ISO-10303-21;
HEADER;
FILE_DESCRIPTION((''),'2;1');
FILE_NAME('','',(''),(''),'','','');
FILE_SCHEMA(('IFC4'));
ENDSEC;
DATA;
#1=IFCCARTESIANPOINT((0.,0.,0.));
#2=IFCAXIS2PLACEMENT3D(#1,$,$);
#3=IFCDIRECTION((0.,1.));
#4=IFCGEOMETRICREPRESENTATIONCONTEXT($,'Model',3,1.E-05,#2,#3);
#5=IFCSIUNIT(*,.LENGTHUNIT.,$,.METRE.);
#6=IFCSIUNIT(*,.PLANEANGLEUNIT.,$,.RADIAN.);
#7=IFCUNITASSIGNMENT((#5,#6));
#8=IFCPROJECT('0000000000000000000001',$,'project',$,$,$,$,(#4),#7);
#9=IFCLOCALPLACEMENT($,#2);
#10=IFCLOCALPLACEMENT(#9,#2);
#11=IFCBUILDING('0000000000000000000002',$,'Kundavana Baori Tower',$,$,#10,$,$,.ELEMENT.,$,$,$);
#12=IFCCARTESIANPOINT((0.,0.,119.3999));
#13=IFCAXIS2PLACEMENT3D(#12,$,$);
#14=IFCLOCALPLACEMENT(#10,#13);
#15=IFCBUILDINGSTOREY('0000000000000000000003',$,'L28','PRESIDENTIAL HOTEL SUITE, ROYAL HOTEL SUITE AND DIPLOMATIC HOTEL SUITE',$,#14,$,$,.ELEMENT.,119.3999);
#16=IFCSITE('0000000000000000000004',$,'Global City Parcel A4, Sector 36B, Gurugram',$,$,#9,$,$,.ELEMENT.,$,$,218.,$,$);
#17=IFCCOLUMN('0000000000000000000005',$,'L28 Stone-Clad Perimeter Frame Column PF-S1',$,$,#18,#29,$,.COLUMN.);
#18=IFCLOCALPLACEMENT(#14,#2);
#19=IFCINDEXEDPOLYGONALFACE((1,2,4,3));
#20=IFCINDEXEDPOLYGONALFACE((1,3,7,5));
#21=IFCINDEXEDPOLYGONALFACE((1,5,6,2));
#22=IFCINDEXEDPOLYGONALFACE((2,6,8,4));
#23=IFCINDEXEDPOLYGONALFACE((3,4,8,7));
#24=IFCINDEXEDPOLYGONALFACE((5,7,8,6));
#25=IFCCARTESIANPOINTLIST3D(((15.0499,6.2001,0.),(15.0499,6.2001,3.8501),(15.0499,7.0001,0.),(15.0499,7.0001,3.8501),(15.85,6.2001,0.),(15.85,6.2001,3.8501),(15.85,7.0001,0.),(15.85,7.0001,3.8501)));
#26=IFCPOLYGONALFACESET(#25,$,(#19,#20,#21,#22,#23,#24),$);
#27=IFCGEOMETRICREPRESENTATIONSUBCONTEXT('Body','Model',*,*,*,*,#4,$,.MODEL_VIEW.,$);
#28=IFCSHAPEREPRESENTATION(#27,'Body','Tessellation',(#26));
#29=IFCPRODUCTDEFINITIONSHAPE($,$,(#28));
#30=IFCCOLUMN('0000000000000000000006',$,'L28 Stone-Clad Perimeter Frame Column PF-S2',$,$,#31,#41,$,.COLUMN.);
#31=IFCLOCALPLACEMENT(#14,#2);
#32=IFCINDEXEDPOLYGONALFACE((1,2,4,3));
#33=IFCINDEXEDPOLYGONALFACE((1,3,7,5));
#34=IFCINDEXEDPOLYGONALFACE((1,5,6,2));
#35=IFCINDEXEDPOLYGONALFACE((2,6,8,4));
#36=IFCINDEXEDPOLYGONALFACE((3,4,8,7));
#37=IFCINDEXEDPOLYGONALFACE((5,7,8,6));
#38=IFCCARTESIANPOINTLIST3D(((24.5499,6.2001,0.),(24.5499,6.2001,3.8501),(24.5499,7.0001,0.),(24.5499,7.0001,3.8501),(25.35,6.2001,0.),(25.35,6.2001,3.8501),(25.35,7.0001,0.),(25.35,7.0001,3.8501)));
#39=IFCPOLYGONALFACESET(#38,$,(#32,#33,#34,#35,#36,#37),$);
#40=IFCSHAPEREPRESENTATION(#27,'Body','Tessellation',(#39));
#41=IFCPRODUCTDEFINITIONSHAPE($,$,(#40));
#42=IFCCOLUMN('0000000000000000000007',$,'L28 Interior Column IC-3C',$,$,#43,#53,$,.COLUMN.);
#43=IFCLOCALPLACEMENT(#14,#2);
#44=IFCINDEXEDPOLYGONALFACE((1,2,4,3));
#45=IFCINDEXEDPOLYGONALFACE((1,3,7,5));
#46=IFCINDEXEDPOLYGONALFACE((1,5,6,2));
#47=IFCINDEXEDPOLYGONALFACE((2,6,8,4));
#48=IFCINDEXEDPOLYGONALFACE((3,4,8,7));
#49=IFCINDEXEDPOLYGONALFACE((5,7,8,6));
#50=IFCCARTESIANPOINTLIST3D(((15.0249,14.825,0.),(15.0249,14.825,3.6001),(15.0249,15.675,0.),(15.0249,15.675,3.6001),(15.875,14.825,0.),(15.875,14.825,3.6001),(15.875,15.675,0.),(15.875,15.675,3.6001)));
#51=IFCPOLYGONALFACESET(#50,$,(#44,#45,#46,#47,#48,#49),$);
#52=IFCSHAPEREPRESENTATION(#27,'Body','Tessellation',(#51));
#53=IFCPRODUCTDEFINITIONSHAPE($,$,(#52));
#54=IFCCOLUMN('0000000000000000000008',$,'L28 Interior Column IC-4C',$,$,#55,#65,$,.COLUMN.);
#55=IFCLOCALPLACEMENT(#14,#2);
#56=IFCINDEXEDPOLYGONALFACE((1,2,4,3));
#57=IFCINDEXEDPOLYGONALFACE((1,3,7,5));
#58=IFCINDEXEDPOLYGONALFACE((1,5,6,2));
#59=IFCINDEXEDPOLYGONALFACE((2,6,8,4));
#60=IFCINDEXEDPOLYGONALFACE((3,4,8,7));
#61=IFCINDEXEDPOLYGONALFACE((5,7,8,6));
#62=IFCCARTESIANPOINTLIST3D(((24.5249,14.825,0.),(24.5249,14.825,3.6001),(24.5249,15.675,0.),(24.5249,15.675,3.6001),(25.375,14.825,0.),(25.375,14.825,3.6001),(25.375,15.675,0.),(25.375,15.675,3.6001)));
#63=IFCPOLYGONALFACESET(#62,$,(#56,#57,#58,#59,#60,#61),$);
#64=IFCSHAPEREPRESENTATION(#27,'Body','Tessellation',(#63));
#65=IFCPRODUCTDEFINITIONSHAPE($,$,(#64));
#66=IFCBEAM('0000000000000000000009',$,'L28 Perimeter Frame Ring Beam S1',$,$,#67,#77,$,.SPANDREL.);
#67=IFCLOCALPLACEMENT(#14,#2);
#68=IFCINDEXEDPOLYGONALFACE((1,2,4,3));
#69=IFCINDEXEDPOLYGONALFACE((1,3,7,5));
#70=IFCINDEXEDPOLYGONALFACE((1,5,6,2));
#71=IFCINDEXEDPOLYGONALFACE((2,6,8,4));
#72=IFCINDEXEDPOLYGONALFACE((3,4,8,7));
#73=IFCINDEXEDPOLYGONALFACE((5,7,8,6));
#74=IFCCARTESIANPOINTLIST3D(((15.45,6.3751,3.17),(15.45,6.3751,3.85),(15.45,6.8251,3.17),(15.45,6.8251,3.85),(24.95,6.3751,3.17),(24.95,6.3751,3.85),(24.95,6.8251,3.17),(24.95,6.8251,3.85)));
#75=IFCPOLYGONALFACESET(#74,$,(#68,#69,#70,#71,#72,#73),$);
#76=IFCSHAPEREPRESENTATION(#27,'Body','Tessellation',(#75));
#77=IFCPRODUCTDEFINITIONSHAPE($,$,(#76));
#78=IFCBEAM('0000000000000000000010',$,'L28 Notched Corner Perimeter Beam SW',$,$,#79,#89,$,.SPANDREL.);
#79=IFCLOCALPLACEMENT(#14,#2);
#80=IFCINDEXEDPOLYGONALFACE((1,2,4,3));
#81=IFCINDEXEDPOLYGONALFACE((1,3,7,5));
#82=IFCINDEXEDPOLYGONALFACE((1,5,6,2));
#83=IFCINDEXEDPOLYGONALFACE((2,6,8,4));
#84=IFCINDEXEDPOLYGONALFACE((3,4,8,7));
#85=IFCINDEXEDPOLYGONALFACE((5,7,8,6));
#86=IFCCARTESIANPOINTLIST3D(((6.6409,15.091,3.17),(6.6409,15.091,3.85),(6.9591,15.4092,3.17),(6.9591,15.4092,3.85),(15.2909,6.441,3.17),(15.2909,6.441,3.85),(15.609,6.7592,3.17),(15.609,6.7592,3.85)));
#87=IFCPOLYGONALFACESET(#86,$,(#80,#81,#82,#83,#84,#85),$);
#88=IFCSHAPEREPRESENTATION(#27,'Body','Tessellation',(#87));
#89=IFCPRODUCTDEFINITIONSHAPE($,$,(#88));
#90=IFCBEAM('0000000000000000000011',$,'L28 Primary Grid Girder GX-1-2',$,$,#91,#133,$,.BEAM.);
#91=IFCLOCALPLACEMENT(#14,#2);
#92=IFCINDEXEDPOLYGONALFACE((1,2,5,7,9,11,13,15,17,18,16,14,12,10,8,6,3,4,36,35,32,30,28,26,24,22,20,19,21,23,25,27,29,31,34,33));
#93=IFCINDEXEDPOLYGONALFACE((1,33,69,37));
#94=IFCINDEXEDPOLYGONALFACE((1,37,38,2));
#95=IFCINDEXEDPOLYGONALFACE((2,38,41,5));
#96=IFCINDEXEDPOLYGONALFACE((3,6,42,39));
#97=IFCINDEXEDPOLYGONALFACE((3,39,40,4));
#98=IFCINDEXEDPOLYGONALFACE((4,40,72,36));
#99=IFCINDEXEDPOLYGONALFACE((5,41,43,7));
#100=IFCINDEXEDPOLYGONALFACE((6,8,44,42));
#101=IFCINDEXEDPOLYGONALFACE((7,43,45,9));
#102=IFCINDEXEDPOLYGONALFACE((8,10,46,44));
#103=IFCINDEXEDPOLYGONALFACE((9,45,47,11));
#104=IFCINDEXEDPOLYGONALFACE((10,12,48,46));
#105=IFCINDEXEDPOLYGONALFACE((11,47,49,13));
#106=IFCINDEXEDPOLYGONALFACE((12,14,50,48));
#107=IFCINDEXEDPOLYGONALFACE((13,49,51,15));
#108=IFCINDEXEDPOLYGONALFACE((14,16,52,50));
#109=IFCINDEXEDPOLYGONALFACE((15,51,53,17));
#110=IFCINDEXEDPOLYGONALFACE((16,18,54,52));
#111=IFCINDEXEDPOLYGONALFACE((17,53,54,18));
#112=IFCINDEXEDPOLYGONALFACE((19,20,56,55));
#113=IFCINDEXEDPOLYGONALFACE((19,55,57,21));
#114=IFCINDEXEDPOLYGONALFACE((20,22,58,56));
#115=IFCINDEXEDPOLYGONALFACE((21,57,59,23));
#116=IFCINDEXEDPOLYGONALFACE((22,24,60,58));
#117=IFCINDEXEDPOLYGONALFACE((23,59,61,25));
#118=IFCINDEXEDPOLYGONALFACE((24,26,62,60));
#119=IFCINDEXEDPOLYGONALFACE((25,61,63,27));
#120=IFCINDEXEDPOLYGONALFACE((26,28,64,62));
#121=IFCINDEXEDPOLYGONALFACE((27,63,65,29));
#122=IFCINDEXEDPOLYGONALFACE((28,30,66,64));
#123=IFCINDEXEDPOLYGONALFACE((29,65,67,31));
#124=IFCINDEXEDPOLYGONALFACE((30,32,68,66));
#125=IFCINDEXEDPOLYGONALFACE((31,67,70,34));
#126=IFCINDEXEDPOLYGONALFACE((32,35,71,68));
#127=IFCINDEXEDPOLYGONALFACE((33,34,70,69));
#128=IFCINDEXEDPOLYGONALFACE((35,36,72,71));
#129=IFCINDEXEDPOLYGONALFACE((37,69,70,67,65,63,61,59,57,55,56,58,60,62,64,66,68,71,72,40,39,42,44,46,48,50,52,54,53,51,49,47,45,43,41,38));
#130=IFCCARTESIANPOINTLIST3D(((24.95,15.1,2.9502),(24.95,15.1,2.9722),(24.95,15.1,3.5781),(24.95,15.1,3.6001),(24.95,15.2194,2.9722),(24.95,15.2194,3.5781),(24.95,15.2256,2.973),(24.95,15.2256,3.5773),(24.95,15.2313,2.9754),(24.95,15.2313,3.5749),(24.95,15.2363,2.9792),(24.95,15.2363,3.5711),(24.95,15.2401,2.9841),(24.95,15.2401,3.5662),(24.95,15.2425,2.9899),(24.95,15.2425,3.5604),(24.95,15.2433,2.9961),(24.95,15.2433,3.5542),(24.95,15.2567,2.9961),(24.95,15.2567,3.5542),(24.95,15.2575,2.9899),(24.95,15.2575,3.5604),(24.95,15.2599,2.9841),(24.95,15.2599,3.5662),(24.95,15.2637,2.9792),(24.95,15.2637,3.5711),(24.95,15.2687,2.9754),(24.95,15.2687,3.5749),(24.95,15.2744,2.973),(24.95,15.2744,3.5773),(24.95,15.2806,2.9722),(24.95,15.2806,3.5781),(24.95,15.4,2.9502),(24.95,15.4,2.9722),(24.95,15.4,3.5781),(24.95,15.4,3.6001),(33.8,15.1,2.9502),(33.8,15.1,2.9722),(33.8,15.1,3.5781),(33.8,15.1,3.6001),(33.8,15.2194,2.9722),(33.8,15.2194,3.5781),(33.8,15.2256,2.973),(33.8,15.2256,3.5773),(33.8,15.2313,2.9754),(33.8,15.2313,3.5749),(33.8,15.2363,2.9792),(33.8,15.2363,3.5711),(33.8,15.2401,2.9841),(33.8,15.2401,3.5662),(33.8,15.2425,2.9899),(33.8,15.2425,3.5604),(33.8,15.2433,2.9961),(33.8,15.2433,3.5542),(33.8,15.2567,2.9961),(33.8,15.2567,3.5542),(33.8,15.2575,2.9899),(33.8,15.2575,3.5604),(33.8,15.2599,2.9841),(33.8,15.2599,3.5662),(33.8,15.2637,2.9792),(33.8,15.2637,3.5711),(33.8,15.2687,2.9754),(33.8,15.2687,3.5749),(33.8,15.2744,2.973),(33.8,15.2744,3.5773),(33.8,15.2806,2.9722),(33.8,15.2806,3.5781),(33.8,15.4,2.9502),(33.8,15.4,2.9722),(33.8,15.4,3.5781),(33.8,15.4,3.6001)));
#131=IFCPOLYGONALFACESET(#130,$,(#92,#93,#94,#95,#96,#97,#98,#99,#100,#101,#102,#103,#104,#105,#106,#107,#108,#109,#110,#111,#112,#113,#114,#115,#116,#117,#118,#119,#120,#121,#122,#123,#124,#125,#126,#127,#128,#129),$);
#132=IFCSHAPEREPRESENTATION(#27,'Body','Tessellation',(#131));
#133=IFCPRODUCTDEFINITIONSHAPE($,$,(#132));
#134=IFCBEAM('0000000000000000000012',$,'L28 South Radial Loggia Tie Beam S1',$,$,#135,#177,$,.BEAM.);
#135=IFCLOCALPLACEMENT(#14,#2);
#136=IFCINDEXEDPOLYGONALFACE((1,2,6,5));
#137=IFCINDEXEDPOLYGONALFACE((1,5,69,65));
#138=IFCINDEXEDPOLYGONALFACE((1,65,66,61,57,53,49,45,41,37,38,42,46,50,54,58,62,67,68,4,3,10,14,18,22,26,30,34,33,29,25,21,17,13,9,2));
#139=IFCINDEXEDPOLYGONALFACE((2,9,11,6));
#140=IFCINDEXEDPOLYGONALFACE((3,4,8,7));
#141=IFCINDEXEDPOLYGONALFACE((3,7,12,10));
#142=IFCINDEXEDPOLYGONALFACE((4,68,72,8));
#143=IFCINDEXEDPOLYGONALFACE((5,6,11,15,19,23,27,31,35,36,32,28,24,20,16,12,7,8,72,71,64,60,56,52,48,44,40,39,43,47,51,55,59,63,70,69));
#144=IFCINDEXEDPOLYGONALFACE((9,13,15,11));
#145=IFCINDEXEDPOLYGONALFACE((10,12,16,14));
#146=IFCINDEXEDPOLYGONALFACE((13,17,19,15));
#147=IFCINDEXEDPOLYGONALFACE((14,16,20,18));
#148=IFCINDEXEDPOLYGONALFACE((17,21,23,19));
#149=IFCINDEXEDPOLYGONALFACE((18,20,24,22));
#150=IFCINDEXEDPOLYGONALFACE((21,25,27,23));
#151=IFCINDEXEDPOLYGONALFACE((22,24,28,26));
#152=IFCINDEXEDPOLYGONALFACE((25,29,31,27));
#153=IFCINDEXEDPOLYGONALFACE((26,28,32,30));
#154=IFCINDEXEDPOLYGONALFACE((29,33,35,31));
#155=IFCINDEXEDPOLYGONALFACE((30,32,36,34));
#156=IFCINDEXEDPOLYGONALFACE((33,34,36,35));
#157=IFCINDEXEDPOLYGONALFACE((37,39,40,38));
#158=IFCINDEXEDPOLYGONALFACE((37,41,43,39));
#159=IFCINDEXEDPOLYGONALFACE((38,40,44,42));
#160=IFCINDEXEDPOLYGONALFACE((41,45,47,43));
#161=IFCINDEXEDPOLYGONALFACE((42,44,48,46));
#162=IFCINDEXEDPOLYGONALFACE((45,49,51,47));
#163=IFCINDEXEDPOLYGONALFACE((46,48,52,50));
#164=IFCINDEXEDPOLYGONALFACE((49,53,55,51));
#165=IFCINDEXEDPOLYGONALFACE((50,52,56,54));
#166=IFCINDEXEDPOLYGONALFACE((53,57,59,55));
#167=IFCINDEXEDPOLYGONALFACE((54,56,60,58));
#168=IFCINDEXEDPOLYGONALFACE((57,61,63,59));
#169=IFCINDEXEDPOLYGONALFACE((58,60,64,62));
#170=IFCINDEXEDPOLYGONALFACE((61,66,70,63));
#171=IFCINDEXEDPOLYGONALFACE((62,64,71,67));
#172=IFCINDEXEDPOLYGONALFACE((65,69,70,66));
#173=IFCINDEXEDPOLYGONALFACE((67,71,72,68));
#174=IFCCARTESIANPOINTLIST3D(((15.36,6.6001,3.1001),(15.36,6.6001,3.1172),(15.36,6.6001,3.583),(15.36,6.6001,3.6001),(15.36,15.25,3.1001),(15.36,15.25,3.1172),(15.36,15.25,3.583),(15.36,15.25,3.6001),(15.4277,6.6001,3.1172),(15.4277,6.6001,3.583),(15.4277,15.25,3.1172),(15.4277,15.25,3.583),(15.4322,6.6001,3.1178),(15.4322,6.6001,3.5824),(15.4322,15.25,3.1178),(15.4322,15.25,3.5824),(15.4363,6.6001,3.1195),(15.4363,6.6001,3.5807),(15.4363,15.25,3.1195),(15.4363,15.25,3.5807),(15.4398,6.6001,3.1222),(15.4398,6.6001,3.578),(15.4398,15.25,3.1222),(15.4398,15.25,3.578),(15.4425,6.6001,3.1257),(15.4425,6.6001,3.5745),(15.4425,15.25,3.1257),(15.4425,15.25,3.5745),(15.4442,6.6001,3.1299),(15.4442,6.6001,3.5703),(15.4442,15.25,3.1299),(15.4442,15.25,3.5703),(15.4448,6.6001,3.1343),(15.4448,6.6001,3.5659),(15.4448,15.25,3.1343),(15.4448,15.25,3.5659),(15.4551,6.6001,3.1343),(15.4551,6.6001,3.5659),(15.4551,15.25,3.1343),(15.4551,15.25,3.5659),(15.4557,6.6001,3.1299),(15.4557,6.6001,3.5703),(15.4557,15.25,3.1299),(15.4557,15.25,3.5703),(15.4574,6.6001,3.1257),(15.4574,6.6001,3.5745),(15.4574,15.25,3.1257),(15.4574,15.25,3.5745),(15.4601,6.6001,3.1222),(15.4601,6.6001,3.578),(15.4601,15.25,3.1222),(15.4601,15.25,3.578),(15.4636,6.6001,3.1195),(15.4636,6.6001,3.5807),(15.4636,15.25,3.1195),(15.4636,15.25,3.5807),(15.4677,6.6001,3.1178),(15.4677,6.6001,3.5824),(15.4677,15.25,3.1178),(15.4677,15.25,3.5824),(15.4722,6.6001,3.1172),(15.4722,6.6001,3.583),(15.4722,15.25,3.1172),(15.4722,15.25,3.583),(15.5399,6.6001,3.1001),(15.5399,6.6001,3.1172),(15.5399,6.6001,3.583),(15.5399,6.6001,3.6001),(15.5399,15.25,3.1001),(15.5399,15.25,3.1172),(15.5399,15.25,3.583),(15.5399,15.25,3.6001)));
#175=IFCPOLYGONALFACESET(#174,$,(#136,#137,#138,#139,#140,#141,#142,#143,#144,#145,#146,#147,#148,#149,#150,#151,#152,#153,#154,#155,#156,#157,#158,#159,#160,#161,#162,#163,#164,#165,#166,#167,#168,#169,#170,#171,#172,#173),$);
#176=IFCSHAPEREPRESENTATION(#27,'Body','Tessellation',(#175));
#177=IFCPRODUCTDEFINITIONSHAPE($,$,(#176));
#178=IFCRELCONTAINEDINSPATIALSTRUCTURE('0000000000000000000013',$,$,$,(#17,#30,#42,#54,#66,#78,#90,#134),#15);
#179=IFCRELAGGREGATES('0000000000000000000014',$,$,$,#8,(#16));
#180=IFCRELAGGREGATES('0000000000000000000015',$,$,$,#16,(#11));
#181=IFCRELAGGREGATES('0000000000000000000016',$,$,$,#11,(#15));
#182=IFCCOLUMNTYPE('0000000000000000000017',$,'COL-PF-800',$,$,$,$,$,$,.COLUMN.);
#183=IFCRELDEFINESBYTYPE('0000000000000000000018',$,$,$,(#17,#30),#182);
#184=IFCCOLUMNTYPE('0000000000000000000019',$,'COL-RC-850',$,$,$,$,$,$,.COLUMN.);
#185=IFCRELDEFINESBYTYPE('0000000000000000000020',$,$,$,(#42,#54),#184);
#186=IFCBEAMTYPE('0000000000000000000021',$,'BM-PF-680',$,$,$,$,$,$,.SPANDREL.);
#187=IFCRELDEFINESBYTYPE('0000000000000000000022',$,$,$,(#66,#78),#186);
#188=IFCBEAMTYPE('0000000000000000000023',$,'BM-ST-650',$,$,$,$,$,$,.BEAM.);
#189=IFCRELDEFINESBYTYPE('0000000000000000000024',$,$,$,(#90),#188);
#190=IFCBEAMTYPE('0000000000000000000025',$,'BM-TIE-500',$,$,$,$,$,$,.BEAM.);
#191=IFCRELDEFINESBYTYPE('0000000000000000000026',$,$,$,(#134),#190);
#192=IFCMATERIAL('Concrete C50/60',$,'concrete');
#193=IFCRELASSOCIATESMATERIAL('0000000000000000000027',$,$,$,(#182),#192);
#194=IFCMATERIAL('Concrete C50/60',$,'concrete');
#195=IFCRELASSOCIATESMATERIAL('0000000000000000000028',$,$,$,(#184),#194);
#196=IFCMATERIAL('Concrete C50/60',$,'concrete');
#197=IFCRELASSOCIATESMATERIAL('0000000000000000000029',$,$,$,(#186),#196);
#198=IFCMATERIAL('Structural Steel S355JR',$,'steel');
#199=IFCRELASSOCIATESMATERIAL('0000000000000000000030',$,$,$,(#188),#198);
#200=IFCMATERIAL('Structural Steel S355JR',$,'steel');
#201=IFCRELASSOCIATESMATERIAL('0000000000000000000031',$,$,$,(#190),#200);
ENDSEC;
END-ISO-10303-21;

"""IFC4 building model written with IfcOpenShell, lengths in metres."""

from ifc_helpers import new_model, si_unit, direction, frame, origin, origin_2d, place, context, subcontext, project, spatial, rectangle, i_section, extrude, material, material_profile, profile_set, type_object, element, save


model = new_model("IFC4")

# Units and contexts
model_context = context("Model", 3, precision=1e-05, world=origin(), true_north=direction((0.0, 1.0)))
body_context = subcontext(model_context, "Body", "Model", "MODEL_VIEW")
ifc_project = project(units=[si_unit("LENGTHUNIT", "METRE"), si_unit("PLANEANGLEUNIT", "RADIAN")], contexts=[model_context])

# Site, building, storey
site_placement = place(None, origin())
site = spatial("IfcSite", under=ifc_project, at=site_placement, Name="Global City Parcel A4, Sector 36B, Gurugram", CompositionType="ELEMENT", RefElevation=218.0)
building_placement = place(site_placement, origin())
building = spatial("IfcBuilding", under=site, at=building_placement, Name="Kundavana Baori Tower", CompositionType="ELEMENT")
storey_placement = place(building_placement, frame((0.0, 0.0, 119.3999)))
storey = spatial("IfcBuildingStorey", under=building, at=storey_placement, Name="L28", Description="PRESIDENTIAL HOTEL SUITE, ROYAL HOTEL SUITE AND DIPLOMATIC HOTEL SUITE", CompositionType="ELEMENT", Elevation=119.3999)

# Columns
ifc_material_1 = material(Name="Concrete C50/60", Category="concrete")
ifc_material_profile_1 = material_profile(ifc_material_1, rectangle(XDim=0.8, YDim=0.8, at=origin_2d()), Name="RC PF 800x800")
ifc_profile_set_1 = profile_set([ifc_material_profile_1], Name="Concrete C50/60")
column_type_1 = type_object("IfcColumnType", Name="COL-PF-800", PredefinedType="COLUMN", material=ifc_profile_set_1)
for number, where, z_axis, x_axis, name in (
    (1, (15.45, 6.6001, 0.0), (0.0, 0.0, 1.0), (1.0, 0.0, 0.0), "L28 Stone-Clad Perimeter Frame Column PF-S1"),
    (2, (24.95, 6.6001, 0.0), (0.0, 0.0, 1.0), (1.0, 0.0, 0.0), "L28 Stone-Clad Perimeter Frame Column PF-S2"),
):
    element("IfcColumn", number, at=place(storey_placement, frame(where, z_axis=z_axis, x_axis=x_axis)), inside=storey, type_object=column_type_1, Name=name, PredefinedType="COLUMN", context=body_context, shape_type="SweptSolid", body=[
        extrude(rectangle(XDim=0.8, YDim=0.8, at=origin_2d()), origin(), (0.0, 0.0, 1.0), 3.8501),
    ])
ifc_material_2 = material(Name="Concrete C50/60", Category="concrete")
ifc_material_profile_2 = material_profile(ifc_material_2, rectangle(XDim=0.8501, YDim=0.8501, at=origin_2d()), Name="RC 850x850")
ifc_profile_set_2 = profile_set([ifc_material_profile_2], Name="Concrete C50/60")
column_type_2 = type_object("IfcColumnType", Name="COL-RC-850", PredefinedType="COLUMN", material=ifc_profile_set_2)
for number, where, z_axis, x_axis, name in (
    (3, (15.45, 15.25, 0.0), (0.0, 0.0, 1.0), (1.0, 0.0, 0.0), "L28 Interior Column IC-3C"),
    (4, (24.95, 15.25, 0.0), (0.0, 0.0, 1.0), (1.0, 0.0, 0.0), "L28 Interior Column IC-4C"),
):
    element("IfcColumn", number, at=place(storey_placement, frame(where, z_axis=z_axis, x_axis=x_axis)), inside=storey, type_object=column_type_2, Name=name, PredefinedType="COLUMN", context=body_context, shape_type="SweptSolid", body=[
        extrude(rectangle(XDim=0.8501, YDim=0.8501, at=origin_2d()), origin(), (0.0, 0.0, 1.0), 3.6001),
    ])

# Beams
ifc_material_3 = material(Name="Concrete C50/60", Category="concrete")
ifc_material_profile_3 = material_profile(ifc_material_3, rectangle(XDim=0.45, YDim=0.6799, at=origin_2d()), Name="RC BM 450x680")
ifc_profile_set_3 = profile_set([ifc_material_profile_3], Name="Concrete C50/60")
beam_type_1 = type_object("IfcBeamType", Name="BM-PF-680", PredefinedType="SPANDREL", material=ifc_profile_set_3)
beam_1_placement = place(storey_placement, frame((15.45, 6.6001, 3.51), z_axis=(1.0, 0.0, 0.0), x_axis=(0.0, 1.0, 0.0)))
element("IfcBeam", 5, at=beam_1_placement, inside=storey, type_object=beam_type_1, Name="L28 Perimeter Frame Ring Beam S1", PredefinedType="SPANDREL", context=body_context, shape_type="SweptSolid", body=[
    extrude(rectangle(XDim=0.45, YDim=0.6799, at=origin_2d()), origin(), (0.0, 0.0, 1.0), 9.5),
])
beam_2_placement = place(storey_placement, frame((15.45, 6.6001, 3.51), z_axis=(-0.707107, 0.707107, 0.0), x_axis=(-0.707107, -0.707107, 0.0)))
element("IfcBeam", 6, at=beam_2_placement, inside=storey, type_object=beam_type_1, Name="L28 Notched Corner Perimeter Beam SW", PredefinedType="SPANDREL", context=body_context, shape_type="SweptSolid", body=[
    extrude(rectangle(XDim=0.45, YDim=0.6799, at=origin_2d()), origin(), (0.0, 0.0, 1.0), 12.2329),
])
ifc_material_4 = material(Name="Structural Steel S355JR", Category="steel")
ifc_material_profile_4 = material_profile(ifc_material_4, i_section(OverallWidth=0.3, OverallDepth=0.6499, WebThickness=0.0134, FlangeThickness=0.022, FilletRadius=0.0239, at=origin_2d()), Name="NPB 650x300x155")
ifc_profile_set_4 = profile_set([ifc_material_profile_4], Name="Structural Steel S355JR")
beam_type_2 = type_object("IfcBeamType", Name="BM-ST-650", PredefinedType="BEAM", material=ifc_profile_set_4)
beam_3_placement = place(storey_placement, frame((24.95, 15.25, 3.2751), z_axis=(1.0, 0.0, 0.0), x_axis=(0.0, 1.0, 0.0)))
element("IfcBeam", 7, at=beam_3_placement, inside=storey, type_object=beam_type_2, Name="L28 Primary Grid Girder GX-1-2", PredefinedType="BEAM", context=body_context, shape_type="SweptSolid", body=[
    extrude(i_section(OverallWidth=0.3, OverallDepth=0.6499, WebThickness=0.0134, FlangeThickness=0.022, FilletRadius=0.0239, at=origin_2d()), origin(), (0.0, 0.0, 1.0), 8.8501),
])
ifc_material_5 = material(Name="Structural Steel S355JR", Category="steel")
ifc_material_profile_5 = material_profile(ifc_material_5, i_section(OverallWidth=0.1799, OverallDepth=0.5, WebThickness=0.0103, FlangeThickness=0.0171, FilletRadius=0.0171, at=origin_2d()), Name="ISMB 500")
ifc_profile_set_5 = profile_set([ifc_material_profile_5], Name="Structural Steel S355JR")
beam_type_3 = type_object("IfcBeamType", Name="BM-TIE-500", PredefinedType="BEAM", material=ifc_profile_set_5)
for number, where, z_axis, x_axis, name in (
    (8, (15.45, 15.25, 3.3501), (0.0, -1.0, 0.0), (1.0, 0.0, 0.0), "L28 South Radial Loggia Tie Beam S1"),
):
    element("IfcBeam", number, at=place(storey_placement, frame(where, z_axis=z_axis, x_axis=x_axis)), inside=storey, type_object=beam_type_3, Name=name, PredefinedType="BEAM", context=body_context, shape_type="SweptSolid", body=[
        extrude(i_section(OverallWidth=0.1799, OverallDepth=0.5, WebThickness=0.0103, FlangeThickness=0.0171, FilletRadius=0.0171, at=origin_2d()), origin(), (0.0, 0.0, 1.0), 8.6499),
    ])

save(model, "model.ifc")
